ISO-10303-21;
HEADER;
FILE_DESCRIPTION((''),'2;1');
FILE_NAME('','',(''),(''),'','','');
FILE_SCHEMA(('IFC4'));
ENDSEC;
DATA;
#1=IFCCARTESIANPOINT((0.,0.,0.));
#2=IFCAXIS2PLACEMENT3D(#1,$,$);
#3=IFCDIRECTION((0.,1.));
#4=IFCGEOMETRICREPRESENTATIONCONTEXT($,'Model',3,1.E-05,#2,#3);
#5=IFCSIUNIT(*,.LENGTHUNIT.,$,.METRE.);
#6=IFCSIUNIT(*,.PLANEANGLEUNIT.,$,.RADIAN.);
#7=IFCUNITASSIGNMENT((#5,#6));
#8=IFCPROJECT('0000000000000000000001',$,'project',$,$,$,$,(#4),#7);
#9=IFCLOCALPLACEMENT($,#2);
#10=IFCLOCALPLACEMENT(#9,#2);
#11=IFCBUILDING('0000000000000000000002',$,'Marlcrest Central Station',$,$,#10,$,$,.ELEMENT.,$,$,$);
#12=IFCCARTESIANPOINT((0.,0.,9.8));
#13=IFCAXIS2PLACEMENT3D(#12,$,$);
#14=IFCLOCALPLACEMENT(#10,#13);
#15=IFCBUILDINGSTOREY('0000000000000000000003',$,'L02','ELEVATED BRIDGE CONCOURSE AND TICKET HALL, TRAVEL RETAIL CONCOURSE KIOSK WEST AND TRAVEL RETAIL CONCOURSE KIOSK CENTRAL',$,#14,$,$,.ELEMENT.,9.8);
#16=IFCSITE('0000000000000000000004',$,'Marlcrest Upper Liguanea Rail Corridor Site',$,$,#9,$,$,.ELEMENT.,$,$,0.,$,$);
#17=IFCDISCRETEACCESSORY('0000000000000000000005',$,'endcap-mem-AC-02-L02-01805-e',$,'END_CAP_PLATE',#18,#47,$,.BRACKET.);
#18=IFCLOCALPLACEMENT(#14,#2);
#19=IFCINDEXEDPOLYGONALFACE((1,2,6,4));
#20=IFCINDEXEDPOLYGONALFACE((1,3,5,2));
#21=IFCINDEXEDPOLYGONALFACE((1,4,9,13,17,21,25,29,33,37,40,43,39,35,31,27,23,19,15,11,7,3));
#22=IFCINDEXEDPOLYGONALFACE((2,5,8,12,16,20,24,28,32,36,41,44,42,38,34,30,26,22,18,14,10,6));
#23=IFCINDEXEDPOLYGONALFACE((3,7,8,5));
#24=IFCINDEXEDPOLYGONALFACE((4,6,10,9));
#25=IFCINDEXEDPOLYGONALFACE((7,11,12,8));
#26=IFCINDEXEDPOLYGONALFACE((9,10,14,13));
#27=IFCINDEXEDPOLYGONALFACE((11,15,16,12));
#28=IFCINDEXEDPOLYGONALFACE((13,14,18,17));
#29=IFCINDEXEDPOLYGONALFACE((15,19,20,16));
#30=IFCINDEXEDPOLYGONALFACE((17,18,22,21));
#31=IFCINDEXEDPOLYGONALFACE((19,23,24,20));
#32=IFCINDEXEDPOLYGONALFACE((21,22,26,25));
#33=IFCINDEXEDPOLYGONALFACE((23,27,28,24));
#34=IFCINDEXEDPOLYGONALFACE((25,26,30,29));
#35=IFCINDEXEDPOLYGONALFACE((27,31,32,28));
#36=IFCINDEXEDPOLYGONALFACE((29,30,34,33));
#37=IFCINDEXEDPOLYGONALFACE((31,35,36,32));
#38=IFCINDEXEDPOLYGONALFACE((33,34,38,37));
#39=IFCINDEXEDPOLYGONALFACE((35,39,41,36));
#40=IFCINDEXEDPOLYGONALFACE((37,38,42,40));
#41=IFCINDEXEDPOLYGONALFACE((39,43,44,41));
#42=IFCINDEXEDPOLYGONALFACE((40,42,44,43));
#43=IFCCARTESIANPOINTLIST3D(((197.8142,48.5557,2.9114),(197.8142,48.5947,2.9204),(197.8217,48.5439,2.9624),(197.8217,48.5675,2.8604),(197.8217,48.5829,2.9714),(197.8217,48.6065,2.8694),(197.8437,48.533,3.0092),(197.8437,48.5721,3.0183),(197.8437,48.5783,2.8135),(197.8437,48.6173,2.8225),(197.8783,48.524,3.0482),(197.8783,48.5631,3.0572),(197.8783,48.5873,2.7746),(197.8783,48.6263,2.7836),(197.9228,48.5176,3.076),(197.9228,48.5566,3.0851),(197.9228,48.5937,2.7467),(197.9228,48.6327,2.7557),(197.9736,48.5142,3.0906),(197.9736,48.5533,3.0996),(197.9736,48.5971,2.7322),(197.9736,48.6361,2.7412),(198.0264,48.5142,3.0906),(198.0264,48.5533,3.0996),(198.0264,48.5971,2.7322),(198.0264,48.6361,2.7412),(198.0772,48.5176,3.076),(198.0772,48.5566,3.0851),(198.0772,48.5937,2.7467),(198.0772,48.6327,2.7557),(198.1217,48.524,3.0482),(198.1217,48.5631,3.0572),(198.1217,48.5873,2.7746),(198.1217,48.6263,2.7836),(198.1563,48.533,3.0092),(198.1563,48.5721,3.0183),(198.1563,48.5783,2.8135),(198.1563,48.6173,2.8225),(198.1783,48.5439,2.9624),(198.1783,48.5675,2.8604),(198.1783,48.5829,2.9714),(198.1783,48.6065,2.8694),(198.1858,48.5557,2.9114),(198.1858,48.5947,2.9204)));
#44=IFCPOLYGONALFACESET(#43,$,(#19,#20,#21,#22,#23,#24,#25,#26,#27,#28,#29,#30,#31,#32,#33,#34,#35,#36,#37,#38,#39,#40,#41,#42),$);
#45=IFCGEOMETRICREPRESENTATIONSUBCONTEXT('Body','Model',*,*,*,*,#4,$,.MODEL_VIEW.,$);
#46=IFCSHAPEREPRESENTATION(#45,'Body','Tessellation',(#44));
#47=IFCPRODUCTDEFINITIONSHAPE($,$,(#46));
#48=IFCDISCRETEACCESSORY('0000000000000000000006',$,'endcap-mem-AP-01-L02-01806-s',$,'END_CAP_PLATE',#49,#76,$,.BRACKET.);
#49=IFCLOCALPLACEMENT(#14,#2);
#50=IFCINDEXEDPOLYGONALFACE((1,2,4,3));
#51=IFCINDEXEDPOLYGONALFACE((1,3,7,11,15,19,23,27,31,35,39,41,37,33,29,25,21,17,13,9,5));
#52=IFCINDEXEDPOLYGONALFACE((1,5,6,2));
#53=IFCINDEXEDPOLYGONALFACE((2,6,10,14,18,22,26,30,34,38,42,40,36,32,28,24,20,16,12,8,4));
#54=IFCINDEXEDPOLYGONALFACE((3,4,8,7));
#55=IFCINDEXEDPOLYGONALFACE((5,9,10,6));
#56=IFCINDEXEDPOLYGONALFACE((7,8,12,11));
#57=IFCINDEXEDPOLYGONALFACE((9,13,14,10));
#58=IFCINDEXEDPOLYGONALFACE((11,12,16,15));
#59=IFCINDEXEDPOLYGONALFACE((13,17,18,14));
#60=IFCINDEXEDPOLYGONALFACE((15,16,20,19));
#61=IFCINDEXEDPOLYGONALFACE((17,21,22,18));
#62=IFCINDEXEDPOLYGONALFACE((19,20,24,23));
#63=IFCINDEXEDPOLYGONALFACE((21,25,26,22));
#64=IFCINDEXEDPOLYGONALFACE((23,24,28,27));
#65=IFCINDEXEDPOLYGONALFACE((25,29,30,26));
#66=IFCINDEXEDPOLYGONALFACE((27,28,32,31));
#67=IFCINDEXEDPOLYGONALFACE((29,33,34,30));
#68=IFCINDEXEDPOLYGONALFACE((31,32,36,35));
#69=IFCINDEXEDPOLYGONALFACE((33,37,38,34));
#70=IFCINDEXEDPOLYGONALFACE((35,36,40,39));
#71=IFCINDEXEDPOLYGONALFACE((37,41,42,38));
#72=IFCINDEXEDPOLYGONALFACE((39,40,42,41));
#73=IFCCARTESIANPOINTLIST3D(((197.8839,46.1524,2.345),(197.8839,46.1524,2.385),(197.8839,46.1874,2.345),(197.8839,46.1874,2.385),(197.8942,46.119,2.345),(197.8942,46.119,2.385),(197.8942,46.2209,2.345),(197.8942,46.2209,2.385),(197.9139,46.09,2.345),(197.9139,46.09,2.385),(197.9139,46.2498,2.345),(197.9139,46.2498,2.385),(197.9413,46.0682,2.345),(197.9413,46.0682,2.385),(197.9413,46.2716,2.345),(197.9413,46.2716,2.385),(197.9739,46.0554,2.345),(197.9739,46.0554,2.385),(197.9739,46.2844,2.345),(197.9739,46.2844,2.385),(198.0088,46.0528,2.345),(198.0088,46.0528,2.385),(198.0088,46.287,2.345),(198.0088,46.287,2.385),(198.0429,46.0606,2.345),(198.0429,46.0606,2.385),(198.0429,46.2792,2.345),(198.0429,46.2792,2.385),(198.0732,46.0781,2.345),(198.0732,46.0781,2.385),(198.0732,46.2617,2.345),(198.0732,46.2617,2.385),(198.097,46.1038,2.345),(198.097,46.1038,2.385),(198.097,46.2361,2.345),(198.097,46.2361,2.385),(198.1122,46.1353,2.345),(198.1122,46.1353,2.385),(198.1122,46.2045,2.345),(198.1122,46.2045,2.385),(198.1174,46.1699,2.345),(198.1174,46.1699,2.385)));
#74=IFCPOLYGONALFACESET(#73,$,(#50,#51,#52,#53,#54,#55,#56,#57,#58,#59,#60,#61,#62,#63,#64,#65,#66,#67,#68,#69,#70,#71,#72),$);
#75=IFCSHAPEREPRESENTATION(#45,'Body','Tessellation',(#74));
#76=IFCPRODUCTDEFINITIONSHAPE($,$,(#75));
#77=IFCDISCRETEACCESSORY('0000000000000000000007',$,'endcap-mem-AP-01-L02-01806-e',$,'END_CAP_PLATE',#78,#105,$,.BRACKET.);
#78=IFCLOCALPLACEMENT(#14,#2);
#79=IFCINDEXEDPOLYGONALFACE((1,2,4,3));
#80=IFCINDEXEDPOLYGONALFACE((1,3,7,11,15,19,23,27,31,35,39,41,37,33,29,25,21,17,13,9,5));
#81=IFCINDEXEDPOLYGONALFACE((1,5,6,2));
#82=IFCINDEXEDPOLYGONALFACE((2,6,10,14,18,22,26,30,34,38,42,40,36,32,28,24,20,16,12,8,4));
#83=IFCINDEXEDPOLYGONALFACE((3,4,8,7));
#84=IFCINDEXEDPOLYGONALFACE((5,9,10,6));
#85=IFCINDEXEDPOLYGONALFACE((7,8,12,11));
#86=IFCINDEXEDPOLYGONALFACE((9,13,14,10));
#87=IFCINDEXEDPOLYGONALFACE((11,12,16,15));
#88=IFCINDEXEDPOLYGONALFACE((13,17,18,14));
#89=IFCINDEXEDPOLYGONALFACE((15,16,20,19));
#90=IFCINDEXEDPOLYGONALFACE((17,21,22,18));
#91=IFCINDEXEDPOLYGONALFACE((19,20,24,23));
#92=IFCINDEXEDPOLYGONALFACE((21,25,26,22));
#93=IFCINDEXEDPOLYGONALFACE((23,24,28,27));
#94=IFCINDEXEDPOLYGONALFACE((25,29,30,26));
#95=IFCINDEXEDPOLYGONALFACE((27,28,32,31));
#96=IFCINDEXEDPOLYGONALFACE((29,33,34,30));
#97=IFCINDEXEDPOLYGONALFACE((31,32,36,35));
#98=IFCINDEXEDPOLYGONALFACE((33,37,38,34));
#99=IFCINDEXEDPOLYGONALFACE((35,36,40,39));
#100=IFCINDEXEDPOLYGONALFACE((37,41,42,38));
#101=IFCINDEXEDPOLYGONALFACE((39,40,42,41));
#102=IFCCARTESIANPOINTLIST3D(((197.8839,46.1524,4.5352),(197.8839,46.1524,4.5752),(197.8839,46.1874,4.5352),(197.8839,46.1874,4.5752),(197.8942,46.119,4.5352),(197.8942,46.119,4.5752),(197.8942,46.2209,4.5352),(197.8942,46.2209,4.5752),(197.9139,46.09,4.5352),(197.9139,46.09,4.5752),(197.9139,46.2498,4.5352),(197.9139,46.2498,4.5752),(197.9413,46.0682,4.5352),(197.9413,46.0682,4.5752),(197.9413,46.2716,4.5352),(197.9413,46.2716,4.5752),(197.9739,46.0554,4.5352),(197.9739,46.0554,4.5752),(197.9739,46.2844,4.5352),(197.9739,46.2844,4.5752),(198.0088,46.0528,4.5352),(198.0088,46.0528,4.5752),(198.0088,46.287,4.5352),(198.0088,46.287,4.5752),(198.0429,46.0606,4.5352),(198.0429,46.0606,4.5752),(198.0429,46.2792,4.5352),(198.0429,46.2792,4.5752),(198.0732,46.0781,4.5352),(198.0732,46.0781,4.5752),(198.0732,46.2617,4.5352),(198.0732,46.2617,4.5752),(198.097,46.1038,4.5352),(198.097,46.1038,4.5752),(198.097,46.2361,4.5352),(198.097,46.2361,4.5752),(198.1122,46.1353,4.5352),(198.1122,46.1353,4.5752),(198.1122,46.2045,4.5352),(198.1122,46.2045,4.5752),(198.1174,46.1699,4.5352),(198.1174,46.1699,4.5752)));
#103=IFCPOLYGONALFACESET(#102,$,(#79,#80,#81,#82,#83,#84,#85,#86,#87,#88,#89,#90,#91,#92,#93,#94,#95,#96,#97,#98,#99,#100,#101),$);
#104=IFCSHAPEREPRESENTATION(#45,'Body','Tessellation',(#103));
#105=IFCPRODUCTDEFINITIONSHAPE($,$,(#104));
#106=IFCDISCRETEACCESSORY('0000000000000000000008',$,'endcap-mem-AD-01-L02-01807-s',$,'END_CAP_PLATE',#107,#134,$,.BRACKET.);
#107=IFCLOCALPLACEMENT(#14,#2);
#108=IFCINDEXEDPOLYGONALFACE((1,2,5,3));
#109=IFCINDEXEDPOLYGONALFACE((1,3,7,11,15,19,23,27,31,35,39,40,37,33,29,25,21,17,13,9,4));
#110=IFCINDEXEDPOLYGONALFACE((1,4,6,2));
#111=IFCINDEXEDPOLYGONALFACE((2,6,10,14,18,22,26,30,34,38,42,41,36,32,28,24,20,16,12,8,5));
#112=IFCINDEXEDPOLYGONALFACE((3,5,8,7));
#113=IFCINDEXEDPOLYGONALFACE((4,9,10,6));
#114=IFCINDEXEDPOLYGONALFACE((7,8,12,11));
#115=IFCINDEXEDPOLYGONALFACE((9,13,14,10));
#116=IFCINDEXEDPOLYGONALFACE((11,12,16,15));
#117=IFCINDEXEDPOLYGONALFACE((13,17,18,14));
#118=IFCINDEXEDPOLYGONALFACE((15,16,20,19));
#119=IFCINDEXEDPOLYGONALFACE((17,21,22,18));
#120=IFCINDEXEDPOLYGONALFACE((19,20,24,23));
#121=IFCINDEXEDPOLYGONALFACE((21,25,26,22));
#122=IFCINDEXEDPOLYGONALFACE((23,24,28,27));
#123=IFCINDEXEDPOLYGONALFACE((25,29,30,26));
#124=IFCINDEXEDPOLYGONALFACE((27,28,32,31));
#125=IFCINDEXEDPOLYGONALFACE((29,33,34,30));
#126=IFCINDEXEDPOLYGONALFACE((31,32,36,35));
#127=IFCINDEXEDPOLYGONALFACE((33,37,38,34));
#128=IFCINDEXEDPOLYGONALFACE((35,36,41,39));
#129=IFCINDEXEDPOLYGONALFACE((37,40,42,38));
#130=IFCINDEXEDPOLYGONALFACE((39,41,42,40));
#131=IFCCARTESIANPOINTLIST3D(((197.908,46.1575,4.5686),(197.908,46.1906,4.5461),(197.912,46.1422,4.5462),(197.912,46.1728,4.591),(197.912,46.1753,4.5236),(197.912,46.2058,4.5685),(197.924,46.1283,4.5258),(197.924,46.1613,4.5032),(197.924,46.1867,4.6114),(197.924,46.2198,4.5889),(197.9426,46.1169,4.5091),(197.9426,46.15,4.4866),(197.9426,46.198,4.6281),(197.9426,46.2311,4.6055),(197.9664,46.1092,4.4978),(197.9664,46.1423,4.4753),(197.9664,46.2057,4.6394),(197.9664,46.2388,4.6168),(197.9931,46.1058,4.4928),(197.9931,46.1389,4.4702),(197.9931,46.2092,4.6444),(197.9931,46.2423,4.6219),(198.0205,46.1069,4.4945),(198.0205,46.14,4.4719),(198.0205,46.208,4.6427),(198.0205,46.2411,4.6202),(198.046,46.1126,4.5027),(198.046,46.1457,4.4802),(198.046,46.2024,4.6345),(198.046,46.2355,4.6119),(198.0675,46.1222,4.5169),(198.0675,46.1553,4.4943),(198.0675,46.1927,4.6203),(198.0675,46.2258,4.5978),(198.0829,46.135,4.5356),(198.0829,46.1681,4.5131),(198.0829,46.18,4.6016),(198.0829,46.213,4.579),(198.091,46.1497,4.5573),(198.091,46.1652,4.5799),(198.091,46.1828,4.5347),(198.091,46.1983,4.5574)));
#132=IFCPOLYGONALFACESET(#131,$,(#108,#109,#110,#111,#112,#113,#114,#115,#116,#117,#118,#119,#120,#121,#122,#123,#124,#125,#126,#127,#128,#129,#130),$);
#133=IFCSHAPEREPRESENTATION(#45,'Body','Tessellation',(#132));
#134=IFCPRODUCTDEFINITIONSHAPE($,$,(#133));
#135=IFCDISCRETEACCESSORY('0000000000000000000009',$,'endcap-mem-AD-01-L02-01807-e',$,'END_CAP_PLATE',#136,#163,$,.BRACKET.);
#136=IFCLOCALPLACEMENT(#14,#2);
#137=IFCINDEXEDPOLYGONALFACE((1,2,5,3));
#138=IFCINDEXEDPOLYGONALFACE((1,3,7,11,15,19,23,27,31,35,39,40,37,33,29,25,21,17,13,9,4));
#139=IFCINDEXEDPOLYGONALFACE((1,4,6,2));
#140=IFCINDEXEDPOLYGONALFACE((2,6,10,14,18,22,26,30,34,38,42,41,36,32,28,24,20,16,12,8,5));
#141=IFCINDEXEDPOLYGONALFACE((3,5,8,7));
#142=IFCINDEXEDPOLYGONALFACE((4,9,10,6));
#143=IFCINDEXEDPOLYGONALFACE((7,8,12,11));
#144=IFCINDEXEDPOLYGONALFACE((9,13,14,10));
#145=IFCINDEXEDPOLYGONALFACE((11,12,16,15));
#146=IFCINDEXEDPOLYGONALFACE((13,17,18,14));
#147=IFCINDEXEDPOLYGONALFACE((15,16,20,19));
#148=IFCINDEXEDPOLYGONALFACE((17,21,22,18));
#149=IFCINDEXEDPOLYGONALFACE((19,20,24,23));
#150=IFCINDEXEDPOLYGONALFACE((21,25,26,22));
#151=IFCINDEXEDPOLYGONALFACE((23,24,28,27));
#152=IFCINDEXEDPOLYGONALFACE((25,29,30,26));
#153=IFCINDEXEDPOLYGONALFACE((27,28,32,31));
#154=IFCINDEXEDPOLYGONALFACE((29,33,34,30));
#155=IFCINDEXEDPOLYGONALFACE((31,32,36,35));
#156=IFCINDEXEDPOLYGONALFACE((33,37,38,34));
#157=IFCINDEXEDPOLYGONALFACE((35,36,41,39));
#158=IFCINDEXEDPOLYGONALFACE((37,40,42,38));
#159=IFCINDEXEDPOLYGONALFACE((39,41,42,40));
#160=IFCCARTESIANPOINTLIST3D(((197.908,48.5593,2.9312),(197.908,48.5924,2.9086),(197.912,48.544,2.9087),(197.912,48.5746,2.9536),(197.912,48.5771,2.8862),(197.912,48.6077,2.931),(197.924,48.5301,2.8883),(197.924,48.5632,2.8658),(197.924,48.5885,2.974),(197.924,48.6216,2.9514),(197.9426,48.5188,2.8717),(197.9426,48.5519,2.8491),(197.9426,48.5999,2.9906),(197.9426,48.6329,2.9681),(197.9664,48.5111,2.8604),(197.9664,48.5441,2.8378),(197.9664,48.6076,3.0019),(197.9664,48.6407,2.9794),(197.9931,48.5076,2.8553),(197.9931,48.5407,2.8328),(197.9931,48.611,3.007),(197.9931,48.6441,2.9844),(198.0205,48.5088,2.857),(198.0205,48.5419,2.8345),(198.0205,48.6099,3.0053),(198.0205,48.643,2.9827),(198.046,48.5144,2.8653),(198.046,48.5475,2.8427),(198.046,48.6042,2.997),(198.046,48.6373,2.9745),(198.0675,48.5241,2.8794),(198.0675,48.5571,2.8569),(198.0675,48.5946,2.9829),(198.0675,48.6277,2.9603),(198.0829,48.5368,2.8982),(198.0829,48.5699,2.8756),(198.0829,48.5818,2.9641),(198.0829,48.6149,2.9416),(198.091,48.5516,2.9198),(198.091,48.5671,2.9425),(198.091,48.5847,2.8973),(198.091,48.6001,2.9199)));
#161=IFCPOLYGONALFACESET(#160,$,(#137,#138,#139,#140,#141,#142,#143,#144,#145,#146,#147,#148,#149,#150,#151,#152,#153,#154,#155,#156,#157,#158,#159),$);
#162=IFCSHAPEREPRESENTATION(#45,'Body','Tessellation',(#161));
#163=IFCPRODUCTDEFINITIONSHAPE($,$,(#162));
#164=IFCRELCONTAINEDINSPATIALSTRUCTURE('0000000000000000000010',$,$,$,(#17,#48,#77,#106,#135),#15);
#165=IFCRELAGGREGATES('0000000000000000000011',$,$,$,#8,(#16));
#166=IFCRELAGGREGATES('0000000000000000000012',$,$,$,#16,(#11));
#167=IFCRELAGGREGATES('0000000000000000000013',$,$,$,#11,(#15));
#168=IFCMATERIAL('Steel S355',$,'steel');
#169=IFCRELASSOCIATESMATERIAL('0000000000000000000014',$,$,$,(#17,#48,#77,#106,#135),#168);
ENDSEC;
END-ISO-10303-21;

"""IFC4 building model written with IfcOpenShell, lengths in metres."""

from ifc_helpers import new_model, si_unit, direction, frame, origin, origin_2d, place, context, subcontext, project, spatial, circle, extrude, material, element, save


model = new_model("IFC4")

# Units and contexts
model_context = context("Model", 3, precision=1e-05, world=origin(), true_north=direction((0.0, 1.0)))
body_context = subcontext(model_context, "Body", "Model", "MODEL_VIEW")
ifc_project = project(units=[si_unit("LENGTHUNIT", "METRE"), si_unit("PLANEANGLEUNIT", "RADIAN")], contexts=[model_context])

# Site, building, storey
site_placement = place(None, origin())
site = spatial("IfcSite", under=ifc_project, at=site_placement, Name="Marlcrest Upper Liguanea Rail Corridor Site", CompositionType="ELEMENT", RefElevation=0.0)
building_placement = place(site_placement, origin())
building = spatial("IfcBuilding", under=site, at=building_placement, Name="Marlcrest Central Station", CompositionType="ELEMENT")
storey_placement = place(building_placement, frame((0.0, 0.0, 9.8)))
storey = spatial("IfcBuildingStorey", under=building, at=storey_placement, Name="L02", Description="ELEVATED BRIDGE CONCOURSE AND TICKET HALL, TRAVEL RETAIL CONCOURSE KIOSK WEST AND TRAVEL RETAIL CONCOURSE KIOSK CENTRAL", CompositionType="ELEMENT", Elevation=9.8)

# Shared definitions
ifc_material_1 = material(Name="Steel S355", Category="steel")

# Discrete accessories
for number, where, z_axis, x_axis, name in (
    (1, (198.0, 48.5557, 2.9114), (0.0, 0.974308, 0.22522), (-1.0, 0.0, 0.0), "endcap-mem-AC-02-L02-01805-e"),
):
    element("IfcDiscreteAccessory", number, at=place(storey_placement, frame(where, z_axis=z_axis, x_axis=x_axis)), inside=storey, material=ifc_material_1, Name=name, ObjectType="END_CAP_PLATE", PredefinedType="BRACKET", context=body_context, shape_type="SweptSolid", body=[
        extrude(circle(Radius=0.1858, at=origin_2d()), origin(), (0.0, 0.0, 1.0), 0.04),
    ])
for number, where, z_axis, x_axis, name in (
    (2, (198.0, 46.1699, 2.345), (0.0, 0.0, 1.0), (1.0, 0.0, 0.0), "endcap-mem-AP-01-L02-01806-s"),
    (3, (198.0, 46.1699, 4.5352), (0.0, 0.0, 1.0), (1.0, 0.0, 0.0), "endcap-mem-AP-01-L02-01806-e"),
):
    element("IfcDiscreteAccessory", number, at=place(storey_placement, frame(where, z_axis=z_axis, x_axis=x_axis)), inside=storey, material=ifc_material_1, Name=name, ObjectType="END_CAP_PLATE", PredefinedType="BRACKET", context=body_context, shape_type="SweptSolid", body=[
        extrude(circle(Radius=0.1174, at=origin_2d()), origin(), (0.0, 0.0, 1.0), 0.04),
    ])
for number, where, z_axis, x_axis, name in (
    (4, (198.0, 46.1575, 4.5686), (0.0, 0.826263, -0.563285), (-1.0, 0.0, 0.0), "endcap-mem-AD-01-L02-01807-s"),
    (5, (198.0, 48.5593, 2.9312), (0.0, 0.826263, -0.563285), (-1.0, 0.0, 0.0), "endcap-mem-AD-01-L02-01807-e"),
):
    element("IfcDiscreteAccessory", number, at=place(storey_placement, frame(where, z_axis=z_axis, x_axis=x_axis)), inside=storey, material=ifc_material_1, Name=name, ObjectType="END_CAP_PLATE", PredefinedType="BRACKET", context=body_context, shape_type="SweptSolid", body=[
        extrude(circle(Radius=0.092, at=origin_2d()), origin(), (0.0, 0.0, 1.0), 0.04),
    ])

save(model, "model.ifc")
